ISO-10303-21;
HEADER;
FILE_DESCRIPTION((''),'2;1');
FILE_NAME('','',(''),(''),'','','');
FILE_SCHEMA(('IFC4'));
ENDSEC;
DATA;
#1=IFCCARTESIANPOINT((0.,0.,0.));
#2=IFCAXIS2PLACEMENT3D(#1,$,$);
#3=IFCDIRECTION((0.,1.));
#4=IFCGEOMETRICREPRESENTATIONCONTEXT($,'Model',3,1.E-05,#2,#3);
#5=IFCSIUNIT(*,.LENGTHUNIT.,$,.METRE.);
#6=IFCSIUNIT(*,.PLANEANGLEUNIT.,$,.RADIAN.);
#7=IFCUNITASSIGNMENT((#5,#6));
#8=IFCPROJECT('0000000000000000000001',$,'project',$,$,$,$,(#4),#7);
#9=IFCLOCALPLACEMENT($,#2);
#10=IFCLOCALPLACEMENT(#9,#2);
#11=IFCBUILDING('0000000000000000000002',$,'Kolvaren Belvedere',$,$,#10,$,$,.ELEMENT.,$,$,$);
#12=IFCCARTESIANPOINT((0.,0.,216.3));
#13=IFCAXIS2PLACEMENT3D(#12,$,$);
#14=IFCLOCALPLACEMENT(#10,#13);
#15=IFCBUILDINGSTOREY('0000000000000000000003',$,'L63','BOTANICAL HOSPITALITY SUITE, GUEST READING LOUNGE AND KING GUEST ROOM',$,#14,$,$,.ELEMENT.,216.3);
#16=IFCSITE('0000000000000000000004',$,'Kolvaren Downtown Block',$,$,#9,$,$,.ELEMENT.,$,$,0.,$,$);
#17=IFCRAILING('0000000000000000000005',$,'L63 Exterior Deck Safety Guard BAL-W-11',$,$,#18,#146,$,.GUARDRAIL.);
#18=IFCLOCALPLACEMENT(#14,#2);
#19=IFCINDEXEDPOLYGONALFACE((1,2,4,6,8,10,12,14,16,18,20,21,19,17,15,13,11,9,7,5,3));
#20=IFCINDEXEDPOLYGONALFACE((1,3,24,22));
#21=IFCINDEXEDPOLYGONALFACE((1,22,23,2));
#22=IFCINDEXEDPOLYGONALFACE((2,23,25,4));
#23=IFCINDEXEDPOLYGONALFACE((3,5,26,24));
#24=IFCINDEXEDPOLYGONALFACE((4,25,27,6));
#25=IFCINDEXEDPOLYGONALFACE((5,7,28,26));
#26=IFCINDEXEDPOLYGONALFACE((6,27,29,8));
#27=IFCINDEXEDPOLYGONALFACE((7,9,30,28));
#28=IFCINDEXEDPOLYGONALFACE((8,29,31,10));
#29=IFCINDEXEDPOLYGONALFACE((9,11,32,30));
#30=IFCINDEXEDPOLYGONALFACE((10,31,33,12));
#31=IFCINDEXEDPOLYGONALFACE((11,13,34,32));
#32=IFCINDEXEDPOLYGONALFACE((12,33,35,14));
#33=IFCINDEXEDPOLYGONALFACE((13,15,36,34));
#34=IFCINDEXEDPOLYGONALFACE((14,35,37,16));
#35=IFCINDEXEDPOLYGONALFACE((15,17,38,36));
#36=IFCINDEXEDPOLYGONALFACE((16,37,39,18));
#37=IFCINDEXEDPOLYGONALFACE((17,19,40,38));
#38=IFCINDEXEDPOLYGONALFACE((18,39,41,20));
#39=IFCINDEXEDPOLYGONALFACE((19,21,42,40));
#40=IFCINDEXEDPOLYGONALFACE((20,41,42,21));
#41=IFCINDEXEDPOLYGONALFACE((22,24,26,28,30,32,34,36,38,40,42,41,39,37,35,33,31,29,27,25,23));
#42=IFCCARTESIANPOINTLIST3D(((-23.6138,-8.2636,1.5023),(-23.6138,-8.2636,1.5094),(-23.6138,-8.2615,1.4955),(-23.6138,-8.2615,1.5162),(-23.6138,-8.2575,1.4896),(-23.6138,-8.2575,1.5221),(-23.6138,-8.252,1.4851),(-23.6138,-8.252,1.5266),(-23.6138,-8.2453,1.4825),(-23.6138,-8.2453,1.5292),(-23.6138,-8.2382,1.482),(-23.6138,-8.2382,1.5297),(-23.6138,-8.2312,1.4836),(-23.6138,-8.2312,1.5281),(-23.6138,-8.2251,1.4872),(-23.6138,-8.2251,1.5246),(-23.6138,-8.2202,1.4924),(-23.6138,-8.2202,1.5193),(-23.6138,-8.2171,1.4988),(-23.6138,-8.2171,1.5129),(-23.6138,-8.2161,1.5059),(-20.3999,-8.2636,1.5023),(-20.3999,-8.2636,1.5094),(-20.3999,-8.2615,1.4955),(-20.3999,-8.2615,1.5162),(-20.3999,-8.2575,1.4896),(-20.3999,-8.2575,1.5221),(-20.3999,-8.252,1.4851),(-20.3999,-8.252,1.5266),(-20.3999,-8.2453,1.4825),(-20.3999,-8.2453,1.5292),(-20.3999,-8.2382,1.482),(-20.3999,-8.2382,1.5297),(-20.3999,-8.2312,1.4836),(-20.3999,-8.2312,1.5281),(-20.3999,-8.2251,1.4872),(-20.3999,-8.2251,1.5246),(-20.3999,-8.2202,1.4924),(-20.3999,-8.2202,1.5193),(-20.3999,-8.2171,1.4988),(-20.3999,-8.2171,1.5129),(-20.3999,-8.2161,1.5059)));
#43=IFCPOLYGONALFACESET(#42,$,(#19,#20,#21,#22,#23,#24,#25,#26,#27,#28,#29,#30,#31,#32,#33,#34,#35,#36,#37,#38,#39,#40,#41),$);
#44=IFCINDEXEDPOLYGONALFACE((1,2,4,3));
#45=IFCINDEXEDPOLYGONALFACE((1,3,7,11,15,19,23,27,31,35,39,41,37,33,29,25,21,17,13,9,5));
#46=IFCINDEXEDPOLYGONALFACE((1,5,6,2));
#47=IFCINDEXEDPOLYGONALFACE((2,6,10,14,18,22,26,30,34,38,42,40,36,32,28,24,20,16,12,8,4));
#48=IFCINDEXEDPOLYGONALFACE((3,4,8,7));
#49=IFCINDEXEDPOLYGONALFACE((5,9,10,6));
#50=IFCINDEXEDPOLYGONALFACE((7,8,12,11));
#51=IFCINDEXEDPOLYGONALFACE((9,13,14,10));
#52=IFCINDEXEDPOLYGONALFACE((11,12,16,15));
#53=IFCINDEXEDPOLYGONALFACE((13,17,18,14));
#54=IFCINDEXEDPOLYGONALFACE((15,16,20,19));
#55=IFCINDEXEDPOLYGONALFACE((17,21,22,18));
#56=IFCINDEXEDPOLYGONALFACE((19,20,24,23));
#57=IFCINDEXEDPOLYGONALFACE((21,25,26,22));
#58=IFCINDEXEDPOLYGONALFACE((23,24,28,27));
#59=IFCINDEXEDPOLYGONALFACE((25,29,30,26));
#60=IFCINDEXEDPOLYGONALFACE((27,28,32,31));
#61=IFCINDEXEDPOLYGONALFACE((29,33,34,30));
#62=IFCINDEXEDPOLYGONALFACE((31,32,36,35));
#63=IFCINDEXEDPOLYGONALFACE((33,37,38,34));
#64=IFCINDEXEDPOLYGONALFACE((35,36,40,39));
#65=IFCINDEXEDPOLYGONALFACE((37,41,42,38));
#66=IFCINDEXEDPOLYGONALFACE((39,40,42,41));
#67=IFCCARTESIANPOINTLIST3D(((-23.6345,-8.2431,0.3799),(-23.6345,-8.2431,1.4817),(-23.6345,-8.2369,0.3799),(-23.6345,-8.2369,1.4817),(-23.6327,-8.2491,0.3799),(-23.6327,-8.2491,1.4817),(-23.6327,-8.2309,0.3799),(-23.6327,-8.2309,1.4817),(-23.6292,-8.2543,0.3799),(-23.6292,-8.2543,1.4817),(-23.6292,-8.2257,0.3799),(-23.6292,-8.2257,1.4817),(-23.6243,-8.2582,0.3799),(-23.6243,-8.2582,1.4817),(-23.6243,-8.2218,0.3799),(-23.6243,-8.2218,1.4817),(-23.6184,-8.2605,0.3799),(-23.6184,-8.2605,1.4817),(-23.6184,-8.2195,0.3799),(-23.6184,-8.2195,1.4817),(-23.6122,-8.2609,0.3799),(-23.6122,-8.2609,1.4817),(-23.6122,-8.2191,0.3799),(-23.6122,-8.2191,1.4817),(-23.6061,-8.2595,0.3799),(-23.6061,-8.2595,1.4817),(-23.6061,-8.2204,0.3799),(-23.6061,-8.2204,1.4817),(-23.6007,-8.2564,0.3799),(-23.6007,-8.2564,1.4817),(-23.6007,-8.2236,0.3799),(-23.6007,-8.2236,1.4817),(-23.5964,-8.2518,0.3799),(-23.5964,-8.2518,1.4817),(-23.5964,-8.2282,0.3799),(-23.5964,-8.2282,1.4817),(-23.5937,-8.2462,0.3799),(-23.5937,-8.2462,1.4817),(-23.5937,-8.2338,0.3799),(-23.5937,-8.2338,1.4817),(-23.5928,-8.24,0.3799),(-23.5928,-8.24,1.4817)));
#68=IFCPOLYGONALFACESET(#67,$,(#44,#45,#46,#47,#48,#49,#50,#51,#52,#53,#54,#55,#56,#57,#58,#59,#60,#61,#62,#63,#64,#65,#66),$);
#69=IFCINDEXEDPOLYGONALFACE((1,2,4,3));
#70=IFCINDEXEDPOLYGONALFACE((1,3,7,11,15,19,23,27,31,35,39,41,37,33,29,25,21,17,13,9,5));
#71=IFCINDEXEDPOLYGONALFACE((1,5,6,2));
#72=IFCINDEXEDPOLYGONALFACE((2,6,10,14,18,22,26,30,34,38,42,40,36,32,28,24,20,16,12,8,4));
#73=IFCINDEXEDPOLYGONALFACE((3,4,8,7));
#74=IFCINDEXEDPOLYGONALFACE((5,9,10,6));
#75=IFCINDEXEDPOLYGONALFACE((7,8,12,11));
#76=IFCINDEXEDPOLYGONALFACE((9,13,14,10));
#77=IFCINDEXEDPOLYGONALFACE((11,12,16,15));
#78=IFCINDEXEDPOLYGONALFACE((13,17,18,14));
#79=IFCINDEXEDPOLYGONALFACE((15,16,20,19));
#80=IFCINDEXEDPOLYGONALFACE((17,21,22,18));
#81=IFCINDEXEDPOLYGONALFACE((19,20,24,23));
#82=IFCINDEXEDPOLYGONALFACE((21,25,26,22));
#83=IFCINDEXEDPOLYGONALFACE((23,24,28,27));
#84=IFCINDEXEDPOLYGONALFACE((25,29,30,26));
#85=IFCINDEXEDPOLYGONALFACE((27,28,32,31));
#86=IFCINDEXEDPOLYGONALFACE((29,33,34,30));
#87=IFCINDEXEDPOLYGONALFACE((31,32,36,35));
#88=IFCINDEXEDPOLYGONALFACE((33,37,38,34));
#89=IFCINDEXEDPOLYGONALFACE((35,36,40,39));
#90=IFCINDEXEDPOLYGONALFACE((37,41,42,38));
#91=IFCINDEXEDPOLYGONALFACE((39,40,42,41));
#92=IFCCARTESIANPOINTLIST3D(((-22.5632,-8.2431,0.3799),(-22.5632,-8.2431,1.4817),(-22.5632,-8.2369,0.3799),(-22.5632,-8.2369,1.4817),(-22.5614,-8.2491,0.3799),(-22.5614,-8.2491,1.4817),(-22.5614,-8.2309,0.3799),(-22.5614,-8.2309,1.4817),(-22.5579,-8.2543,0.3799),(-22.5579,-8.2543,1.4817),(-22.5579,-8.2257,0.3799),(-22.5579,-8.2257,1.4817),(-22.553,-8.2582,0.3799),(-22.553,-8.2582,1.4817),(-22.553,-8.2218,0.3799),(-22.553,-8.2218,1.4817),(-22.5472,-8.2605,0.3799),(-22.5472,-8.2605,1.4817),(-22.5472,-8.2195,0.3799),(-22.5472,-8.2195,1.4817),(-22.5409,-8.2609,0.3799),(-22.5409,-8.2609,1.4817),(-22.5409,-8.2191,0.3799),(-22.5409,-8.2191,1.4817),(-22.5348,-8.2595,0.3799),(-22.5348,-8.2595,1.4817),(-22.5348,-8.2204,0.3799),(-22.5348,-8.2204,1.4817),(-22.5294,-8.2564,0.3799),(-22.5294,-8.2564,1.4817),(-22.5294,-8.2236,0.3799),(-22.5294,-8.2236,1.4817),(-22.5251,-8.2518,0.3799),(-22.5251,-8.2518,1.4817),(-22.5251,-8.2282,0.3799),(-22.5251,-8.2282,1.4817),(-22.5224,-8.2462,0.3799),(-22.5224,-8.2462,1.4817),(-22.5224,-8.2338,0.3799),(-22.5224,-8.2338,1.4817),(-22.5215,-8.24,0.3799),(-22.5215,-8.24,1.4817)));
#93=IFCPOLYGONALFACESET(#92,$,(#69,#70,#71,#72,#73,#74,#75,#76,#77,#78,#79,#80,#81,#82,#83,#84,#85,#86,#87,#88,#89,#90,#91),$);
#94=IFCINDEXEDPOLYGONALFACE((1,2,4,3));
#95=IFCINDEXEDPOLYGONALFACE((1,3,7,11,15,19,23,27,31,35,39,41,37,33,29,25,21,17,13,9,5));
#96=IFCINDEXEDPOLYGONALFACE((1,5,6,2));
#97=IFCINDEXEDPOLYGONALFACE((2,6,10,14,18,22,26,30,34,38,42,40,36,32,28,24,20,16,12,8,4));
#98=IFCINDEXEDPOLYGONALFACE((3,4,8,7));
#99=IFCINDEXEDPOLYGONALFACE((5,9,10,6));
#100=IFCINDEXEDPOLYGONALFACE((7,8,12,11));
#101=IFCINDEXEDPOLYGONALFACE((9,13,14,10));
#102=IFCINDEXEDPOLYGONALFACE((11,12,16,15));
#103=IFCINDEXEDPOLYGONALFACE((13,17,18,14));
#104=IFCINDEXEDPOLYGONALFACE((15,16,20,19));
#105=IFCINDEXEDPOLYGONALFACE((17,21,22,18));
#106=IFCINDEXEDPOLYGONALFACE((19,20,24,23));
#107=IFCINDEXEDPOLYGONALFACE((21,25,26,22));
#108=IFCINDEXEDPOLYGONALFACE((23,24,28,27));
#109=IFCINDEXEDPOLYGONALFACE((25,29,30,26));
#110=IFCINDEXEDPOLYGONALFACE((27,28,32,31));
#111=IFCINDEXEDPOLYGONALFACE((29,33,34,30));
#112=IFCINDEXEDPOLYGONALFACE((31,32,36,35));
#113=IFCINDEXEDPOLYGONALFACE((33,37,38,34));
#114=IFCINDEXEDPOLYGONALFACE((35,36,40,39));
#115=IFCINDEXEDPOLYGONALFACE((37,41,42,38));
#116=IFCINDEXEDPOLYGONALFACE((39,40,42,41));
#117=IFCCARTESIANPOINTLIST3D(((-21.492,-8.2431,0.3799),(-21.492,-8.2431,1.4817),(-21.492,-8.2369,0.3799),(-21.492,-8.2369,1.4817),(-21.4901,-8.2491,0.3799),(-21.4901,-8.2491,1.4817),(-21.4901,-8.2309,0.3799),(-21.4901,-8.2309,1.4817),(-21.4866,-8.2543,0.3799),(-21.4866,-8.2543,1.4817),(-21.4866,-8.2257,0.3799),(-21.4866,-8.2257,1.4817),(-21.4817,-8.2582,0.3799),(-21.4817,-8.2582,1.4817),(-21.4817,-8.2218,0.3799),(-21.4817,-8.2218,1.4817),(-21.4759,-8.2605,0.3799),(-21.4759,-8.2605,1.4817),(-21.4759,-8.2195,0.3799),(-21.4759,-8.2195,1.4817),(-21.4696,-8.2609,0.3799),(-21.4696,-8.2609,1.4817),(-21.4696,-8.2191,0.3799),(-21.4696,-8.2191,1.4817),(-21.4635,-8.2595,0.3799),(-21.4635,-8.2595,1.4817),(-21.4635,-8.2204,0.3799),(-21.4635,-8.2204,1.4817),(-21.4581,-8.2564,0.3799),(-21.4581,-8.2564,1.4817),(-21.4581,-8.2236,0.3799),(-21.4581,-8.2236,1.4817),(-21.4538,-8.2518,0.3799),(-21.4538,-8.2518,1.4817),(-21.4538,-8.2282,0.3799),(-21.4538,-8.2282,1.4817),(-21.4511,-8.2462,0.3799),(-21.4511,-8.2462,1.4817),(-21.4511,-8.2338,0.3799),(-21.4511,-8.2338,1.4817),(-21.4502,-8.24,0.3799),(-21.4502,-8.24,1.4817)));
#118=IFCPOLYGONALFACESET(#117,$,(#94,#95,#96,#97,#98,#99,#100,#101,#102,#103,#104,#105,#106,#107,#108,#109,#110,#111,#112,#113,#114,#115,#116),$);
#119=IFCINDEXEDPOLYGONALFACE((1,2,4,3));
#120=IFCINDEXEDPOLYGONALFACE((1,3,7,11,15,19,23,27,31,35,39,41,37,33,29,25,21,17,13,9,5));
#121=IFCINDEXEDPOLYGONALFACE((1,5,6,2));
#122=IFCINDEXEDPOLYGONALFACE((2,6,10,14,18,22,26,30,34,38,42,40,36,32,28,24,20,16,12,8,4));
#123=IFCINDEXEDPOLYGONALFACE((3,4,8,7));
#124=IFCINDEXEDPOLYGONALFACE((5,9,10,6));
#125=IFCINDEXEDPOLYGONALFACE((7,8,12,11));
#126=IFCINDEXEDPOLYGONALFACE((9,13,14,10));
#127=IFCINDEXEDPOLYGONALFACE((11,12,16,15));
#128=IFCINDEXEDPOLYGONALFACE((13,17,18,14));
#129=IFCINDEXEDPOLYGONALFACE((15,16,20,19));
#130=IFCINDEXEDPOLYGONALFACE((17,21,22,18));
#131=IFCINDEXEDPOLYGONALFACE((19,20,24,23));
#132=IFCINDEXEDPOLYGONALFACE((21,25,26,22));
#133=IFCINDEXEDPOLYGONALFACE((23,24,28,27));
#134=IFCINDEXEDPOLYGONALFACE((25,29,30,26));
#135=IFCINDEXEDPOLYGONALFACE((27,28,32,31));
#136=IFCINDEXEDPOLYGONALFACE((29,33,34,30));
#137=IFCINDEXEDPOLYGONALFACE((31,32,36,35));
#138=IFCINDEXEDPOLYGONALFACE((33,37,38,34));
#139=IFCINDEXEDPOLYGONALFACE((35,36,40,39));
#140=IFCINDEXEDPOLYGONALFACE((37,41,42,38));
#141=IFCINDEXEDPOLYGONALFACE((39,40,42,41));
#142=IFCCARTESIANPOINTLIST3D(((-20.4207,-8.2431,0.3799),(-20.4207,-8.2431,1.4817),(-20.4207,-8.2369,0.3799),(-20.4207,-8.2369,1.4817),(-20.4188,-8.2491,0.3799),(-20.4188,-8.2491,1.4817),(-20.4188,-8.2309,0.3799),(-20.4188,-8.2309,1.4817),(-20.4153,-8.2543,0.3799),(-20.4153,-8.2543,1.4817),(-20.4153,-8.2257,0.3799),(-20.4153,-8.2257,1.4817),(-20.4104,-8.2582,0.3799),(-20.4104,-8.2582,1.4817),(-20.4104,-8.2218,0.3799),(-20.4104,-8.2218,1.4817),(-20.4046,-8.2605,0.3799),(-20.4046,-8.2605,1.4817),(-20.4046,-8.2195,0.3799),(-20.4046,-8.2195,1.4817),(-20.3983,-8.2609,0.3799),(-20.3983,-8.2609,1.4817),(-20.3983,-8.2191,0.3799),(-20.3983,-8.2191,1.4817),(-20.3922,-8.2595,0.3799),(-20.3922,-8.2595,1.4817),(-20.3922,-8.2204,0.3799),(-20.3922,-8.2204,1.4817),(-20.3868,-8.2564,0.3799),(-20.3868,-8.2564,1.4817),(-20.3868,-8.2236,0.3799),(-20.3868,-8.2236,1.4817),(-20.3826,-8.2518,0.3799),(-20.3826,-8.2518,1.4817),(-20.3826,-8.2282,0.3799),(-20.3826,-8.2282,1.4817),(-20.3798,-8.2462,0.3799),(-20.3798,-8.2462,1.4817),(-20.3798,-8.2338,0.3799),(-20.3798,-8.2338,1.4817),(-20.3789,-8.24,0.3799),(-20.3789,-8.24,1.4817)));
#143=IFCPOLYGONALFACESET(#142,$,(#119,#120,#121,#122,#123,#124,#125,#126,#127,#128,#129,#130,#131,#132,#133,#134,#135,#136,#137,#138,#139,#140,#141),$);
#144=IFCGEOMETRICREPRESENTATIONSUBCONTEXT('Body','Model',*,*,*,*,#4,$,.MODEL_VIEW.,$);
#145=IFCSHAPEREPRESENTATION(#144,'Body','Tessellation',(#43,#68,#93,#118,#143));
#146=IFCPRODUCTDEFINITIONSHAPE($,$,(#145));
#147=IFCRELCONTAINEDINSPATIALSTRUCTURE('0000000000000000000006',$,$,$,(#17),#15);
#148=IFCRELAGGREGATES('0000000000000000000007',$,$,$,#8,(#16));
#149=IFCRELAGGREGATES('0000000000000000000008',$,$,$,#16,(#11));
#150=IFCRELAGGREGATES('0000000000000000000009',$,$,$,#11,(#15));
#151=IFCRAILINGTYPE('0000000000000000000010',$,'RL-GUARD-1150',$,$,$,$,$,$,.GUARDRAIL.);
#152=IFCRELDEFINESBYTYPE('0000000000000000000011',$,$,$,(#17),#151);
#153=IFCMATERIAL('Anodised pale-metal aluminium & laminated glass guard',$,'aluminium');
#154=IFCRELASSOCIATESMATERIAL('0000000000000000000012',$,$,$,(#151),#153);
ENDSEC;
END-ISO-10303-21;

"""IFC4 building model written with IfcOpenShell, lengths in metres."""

from ifc_helpers import new_model, si_unit, direction, frame, origin, origin_2d, place, context, subcontext, project, spatial, circle, extrude, material, type_object, element, save


model = new_model("IFC4")

# Units and contexts
model_context = context("Model", 3, precision=1e-05, world=origin(), true_north=direction((0.0, 1.0)))
body_context = subcontext(model_context, "Body", "Model", "MODEL_VIEW")
ifc_project = project(units=[si_unit("LENGTHUNIT", "METRE"), si_unit("PLANEANGLEUNIT", "RADIAN")], contexts=[model_context])

# Site, building, storey
site_placement = place(None, origin())
site = spatial("IfcSite", under=ifc_project, at=site_placement, Name="Kolvaren Downtown Block", CompositionType="ELEMENT", RefElevation=0.0)
building_placement = place(site_placement, origin())
building = spatial("IfcBuilding", under=site, at=building_placement, Name="Kolvaren Belvedere", CompositionType="ELEMENT")
storey_placement = place(building_placement, frame((0.0, 0.0, 216.3)))
storey = spatial("IfcBuildingStorey", under=building, at=storey_placement, Name="L63", Description="BOTANICAL HOSPITALITY SUITE, GUEST READING LOUNGE AND KING GUEST ROOM", CompositionType="ELEMENT", Elevation=216.3)

# Railing
ifc_material_1 = material(Name="Anodised pale-metal aluminium & laminated glass guard", Category="aluminium")
railing_type = type_object("IfcRailingType", Name="RL-GUARD-1150", PredefinedType="GUARDRAIL", material=ifc_material_1)
railing_1_placement = place(storey_placement, frame((-23.6138, -8.24, 0.3799)))
element("IfcRailing", 1, at=railing_1_placement, inside=storey, type_object=railing_type, Name="L63 Exterior Deck Safety Guard BAL-W-11", PredefinedType="GUARDRAIL", context=body_context, shape_type="SweptSolid", body=[
    extrude(circle(Radius=0.0239, at=origin_2d()), frame((0.0, 0.0, 1.126), z_axis=(1.0, 0.0, 0.0), x_axis=(0.0, 1.0, 0.0)), (0.0, 0.0, 1.0), 3.2139),
    extrude(circle(Radius=0.021, at=origin_2d()), origin(), (0.0, 0.0, 1.0), 1.1018),
    extrude(circle(Radius=0.021, at=origin_2d()), frame((1.0713, 0.0, 0.0)), (0.0, 0.0, 1.0), 1.1018),
    extrude(circle(Radius=0.021, at=origin_2d()), frame((2.1426, 0.0, 0.0)), (0.0, 0.0, 1.0), 1.1018),
    extrude(circle(Radius=0.021, at=origin_2d()), frame((3.2139, 0.0, 0.0)), (0.0, 0.0, 1.0), 1.1018),
])

save(model, "model.ifc")
